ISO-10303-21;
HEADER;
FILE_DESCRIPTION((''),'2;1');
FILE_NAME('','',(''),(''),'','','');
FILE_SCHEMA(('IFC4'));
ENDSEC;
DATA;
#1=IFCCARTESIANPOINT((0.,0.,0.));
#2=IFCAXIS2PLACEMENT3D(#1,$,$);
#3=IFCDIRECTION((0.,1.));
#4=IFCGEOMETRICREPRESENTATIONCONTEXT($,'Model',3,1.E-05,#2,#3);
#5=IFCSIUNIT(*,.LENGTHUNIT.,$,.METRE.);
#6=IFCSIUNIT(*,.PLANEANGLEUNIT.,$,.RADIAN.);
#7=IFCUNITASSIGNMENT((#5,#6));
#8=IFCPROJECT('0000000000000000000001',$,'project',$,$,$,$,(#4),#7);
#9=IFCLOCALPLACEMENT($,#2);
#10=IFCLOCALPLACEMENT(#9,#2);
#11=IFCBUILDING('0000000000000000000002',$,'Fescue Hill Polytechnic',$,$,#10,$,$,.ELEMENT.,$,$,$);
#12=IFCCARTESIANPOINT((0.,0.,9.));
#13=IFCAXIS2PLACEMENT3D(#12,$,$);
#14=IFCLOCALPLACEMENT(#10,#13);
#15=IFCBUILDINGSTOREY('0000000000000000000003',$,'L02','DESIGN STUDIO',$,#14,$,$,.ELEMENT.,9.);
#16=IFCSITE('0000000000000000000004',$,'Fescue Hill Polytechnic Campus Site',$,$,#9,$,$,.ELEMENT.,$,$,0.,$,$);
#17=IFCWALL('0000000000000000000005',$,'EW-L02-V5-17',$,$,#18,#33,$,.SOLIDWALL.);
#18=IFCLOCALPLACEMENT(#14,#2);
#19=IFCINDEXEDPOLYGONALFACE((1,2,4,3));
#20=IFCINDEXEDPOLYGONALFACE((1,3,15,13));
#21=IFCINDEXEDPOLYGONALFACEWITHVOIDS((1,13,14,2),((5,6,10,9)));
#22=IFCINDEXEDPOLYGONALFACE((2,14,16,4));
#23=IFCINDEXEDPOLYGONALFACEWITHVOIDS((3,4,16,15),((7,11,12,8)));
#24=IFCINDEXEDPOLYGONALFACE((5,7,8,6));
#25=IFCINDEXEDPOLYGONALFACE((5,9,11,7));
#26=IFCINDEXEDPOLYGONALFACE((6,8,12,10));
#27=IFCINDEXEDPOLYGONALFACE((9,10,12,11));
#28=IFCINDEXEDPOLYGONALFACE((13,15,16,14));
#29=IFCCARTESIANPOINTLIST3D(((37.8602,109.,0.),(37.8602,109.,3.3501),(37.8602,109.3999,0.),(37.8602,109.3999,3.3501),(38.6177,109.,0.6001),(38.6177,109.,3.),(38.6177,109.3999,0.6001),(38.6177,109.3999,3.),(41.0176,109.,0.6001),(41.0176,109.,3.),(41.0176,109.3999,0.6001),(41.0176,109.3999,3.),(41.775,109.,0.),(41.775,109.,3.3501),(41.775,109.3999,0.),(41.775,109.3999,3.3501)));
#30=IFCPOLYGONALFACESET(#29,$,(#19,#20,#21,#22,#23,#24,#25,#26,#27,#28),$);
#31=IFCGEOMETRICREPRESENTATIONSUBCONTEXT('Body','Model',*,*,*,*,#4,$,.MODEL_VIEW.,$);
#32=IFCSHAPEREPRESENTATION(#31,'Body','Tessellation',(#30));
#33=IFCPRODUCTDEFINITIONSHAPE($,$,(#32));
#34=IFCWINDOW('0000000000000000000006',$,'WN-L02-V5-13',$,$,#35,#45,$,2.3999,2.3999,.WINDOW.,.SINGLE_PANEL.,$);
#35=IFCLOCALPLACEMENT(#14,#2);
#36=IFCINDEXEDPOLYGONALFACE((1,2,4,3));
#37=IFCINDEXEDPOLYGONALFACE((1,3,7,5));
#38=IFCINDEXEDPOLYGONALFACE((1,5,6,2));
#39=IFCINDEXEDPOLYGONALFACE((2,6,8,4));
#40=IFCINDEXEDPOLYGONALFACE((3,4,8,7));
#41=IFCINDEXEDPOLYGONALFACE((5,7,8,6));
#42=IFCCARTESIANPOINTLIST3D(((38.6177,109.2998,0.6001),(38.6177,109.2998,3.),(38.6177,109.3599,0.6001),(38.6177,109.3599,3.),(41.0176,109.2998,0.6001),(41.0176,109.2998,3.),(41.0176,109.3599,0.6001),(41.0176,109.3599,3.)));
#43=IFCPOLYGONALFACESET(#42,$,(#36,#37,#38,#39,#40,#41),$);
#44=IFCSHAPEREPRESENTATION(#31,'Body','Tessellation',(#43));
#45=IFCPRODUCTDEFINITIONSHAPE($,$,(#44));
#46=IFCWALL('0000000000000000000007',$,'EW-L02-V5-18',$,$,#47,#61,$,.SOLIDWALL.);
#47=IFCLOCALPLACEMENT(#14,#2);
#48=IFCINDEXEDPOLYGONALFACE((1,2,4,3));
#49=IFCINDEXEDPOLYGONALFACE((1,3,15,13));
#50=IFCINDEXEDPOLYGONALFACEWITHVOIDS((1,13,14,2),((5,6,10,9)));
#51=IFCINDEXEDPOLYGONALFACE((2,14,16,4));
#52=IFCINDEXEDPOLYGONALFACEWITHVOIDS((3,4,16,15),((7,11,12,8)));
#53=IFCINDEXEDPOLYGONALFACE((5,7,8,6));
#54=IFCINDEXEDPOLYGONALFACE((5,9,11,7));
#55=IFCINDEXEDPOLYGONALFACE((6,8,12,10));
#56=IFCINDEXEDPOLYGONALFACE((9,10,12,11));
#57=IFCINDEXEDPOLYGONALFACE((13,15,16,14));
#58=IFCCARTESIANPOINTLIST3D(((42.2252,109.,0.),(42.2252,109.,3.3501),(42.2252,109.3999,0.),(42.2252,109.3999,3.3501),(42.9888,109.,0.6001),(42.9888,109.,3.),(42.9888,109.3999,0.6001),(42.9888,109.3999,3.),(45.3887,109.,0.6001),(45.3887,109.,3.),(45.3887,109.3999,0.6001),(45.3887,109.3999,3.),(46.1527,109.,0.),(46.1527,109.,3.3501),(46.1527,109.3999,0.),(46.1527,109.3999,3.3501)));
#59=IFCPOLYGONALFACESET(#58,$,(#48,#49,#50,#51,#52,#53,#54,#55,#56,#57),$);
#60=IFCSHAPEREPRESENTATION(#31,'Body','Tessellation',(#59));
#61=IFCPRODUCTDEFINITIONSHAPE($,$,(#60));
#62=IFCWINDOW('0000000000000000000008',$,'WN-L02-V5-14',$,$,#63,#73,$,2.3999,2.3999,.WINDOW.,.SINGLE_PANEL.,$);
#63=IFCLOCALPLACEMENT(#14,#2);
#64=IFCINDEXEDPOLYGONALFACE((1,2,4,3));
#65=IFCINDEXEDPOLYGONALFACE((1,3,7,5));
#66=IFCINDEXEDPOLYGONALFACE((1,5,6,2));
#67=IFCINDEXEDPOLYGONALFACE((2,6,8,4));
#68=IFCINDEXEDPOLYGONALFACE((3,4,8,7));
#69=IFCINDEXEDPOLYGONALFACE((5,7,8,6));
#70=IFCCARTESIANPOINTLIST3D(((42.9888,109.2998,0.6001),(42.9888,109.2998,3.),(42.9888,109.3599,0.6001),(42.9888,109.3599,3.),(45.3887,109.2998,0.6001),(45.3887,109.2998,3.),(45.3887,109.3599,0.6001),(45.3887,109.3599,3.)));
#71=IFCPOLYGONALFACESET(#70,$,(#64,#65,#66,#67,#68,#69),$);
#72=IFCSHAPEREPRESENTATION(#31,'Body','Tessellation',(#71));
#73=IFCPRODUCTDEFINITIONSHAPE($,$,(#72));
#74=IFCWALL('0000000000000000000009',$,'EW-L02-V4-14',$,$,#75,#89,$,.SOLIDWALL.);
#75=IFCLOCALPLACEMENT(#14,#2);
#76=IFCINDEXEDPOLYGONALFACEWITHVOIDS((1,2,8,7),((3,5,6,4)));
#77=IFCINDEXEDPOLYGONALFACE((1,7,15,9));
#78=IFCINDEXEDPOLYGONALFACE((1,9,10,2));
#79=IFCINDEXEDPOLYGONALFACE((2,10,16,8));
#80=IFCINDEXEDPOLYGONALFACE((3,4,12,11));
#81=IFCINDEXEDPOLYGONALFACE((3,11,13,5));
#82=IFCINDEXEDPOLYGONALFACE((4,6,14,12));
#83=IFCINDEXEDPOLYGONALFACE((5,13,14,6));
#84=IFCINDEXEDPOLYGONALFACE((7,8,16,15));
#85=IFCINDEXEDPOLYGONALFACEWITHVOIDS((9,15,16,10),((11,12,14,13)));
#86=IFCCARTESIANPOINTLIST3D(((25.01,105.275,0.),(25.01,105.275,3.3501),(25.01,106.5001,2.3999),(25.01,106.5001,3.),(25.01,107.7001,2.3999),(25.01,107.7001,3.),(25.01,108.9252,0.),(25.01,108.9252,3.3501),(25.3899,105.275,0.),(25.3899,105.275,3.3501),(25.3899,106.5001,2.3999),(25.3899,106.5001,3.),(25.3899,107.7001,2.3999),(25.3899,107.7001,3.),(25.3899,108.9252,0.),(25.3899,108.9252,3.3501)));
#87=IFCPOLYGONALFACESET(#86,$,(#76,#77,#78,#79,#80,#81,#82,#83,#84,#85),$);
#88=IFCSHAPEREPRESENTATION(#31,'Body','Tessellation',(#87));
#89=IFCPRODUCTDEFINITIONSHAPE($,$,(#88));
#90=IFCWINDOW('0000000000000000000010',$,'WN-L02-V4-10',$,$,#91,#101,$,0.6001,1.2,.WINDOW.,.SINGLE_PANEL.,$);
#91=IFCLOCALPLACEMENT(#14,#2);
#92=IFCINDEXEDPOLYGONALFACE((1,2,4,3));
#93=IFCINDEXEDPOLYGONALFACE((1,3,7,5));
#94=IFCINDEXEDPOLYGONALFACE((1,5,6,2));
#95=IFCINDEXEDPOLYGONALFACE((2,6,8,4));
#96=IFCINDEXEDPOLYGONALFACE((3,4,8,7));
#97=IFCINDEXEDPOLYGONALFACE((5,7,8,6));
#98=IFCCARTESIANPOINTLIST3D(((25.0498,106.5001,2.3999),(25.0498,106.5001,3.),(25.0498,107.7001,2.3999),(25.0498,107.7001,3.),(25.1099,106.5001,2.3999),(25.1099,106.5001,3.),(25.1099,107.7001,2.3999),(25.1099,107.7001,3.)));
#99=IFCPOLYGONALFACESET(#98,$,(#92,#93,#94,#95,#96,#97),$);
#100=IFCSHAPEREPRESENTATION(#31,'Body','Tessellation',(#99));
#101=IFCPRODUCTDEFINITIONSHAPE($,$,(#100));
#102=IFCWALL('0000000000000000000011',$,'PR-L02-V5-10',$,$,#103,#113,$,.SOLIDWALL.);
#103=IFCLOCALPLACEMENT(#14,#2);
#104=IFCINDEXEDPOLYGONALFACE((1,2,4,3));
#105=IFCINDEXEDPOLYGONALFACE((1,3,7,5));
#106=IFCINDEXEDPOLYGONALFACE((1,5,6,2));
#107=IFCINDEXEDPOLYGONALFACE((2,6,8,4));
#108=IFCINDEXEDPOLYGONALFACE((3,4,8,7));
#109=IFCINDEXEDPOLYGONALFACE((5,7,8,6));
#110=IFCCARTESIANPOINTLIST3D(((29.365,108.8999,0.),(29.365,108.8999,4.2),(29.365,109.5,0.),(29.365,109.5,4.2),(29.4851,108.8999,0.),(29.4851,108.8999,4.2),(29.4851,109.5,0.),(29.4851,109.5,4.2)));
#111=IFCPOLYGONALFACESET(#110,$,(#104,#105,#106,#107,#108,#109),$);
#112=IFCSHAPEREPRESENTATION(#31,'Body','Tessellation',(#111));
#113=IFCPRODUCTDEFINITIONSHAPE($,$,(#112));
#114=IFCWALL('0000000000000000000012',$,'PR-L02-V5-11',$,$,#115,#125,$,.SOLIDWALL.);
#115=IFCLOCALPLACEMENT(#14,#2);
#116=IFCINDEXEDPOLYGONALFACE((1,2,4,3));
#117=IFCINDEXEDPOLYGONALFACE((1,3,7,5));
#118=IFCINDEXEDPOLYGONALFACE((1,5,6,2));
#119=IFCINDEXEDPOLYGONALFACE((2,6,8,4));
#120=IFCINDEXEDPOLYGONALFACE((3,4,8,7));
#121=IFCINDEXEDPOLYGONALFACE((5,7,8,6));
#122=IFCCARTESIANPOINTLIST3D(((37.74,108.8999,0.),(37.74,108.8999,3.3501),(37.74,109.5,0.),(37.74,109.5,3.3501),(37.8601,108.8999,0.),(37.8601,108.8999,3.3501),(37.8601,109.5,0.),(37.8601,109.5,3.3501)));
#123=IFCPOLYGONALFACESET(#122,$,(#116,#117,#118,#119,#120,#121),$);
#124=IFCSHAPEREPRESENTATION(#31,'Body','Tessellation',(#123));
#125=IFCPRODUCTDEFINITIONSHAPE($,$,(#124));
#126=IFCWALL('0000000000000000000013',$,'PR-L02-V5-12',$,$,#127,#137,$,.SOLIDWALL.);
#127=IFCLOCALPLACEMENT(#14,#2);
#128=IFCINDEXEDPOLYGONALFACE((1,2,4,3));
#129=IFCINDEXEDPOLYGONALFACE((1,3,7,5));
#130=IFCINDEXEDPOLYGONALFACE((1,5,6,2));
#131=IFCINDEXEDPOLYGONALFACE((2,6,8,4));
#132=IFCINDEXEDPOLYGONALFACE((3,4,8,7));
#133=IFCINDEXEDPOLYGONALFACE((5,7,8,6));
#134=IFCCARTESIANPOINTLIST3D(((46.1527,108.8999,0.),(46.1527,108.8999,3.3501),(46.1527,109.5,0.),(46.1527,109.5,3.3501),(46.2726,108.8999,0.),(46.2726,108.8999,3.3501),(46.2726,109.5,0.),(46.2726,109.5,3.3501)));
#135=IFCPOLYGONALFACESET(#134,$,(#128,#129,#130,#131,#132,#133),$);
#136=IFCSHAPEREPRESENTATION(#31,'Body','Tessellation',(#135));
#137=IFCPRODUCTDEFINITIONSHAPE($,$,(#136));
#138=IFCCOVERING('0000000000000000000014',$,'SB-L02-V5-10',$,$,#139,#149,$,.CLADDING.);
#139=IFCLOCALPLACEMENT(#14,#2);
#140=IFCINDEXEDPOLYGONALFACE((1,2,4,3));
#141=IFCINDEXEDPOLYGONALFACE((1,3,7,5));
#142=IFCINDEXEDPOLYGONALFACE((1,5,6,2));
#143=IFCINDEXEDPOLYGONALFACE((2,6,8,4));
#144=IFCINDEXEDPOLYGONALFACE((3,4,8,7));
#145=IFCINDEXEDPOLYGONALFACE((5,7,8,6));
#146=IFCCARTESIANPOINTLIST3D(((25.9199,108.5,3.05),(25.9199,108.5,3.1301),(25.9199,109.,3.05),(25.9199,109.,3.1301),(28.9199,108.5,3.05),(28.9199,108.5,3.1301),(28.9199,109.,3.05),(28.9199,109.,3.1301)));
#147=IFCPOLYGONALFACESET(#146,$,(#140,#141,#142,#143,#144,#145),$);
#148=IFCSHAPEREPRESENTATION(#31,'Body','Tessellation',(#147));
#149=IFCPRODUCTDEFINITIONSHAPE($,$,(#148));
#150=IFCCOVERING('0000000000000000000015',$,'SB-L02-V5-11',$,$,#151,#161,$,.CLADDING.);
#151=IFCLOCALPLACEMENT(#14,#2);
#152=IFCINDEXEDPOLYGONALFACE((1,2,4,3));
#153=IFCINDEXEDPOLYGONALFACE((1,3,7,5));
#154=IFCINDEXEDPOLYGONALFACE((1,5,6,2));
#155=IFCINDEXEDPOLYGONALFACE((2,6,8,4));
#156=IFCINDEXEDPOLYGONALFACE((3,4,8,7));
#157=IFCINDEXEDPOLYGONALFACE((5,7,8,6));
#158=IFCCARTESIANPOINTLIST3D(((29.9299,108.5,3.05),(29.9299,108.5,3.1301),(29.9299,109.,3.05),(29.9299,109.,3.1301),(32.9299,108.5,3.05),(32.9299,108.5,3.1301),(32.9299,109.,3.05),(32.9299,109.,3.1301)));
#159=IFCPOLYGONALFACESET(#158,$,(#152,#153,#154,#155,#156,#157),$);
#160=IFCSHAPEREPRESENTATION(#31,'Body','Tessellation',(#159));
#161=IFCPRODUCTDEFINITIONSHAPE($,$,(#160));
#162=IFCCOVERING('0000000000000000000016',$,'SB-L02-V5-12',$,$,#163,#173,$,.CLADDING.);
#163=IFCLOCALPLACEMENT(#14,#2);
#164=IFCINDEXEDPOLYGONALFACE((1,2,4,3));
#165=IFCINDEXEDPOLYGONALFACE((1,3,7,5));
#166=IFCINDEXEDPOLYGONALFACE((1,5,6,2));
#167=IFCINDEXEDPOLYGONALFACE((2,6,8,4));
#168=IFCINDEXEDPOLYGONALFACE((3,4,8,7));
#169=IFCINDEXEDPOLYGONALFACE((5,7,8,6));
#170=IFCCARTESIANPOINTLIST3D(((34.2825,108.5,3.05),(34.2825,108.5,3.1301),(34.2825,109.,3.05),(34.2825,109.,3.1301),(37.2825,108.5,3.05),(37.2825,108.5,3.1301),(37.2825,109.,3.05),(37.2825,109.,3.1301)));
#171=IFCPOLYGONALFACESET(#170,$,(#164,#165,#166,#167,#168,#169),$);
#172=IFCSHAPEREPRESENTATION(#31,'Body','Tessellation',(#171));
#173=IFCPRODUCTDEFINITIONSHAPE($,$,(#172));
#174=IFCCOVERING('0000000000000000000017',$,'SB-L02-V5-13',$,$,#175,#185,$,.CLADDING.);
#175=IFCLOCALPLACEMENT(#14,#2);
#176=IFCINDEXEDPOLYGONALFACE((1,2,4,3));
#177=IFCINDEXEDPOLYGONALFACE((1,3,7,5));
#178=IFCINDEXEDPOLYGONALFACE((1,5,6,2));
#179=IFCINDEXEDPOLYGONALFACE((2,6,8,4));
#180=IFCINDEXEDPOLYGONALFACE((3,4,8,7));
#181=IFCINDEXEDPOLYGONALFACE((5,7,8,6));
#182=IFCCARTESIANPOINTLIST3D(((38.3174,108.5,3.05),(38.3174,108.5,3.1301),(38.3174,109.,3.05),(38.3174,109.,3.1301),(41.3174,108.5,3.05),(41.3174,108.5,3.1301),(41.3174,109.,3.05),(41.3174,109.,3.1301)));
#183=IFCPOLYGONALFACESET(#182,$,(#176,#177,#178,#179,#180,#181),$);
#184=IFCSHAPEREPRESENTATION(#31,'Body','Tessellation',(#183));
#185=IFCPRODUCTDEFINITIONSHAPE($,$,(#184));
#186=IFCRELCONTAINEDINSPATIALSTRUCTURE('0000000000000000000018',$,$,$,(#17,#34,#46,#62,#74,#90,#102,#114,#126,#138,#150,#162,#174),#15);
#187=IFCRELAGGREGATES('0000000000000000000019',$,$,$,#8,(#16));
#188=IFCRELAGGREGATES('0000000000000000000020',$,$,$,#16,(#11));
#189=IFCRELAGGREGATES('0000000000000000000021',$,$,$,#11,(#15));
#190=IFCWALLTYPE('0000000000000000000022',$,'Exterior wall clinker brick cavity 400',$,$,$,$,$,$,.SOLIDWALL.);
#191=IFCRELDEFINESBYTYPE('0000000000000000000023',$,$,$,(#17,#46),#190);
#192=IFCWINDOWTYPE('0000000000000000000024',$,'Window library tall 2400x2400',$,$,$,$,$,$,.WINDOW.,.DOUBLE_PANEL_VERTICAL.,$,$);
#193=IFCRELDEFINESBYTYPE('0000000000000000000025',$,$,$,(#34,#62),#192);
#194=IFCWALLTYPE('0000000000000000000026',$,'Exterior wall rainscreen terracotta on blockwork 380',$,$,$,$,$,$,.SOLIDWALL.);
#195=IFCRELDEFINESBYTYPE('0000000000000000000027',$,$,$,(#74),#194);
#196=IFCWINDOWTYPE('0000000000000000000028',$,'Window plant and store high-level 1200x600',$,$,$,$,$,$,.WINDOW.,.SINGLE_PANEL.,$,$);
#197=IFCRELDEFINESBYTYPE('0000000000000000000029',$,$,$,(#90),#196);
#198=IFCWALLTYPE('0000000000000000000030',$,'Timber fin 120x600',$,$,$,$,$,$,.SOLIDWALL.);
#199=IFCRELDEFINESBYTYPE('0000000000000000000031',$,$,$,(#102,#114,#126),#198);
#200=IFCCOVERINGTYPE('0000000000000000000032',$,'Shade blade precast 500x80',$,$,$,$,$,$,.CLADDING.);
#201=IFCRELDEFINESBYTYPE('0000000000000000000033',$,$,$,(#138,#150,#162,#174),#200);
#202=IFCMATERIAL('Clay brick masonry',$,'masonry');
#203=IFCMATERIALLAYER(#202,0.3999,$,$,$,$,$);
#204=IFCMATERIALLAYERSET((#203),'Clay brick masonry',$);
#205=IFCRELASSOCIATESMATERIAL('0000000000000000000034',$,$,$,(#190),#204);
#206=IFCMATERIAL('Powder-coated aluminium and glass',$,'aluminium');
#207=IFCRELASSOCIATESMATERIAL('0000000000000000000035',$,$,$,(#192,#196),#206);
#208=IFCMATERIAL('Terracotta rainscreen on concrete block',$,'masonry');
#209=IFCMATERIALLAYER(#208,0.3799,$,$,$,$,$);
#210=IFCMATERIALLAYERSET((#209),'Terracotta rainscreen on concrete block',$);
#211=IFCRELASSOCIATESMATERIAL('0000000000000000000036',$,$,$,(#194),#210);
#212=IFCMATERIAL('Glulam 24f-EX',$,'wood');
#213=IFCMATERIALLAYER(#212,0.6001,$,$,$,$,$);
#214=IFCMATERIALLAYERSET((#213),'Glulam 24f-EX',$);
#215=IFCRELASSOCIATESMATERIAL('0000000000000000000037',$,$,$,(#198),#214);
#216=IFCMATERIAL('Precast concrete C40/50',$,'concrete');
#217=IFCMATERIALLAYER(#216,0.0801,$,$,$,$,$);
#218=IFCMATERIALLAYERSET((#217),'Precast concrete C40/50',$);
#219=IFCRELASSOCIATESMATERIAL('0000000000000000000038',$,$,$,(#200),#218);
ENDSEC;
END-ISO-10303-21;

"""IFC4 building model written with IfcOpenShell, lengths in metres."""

from ifc_helpers import new_model, si_unit, direction, frame, frame_2d, origin, origin_2d, place, context, subcontext, project, spatial, rectangle, extrude, material, layer, layer_set, type_object, element, fill, save


model = new_model("IFC4")

# Units and contexts
model_context = context("Model", 3, precision=1e-05, world=origin(), true_north=direction((0.0, 1.0)))
body_context = subcontext(model_context, "Body", "Model", "MODEL_VIEW")
ifc_project = project(units=[si_unit("LENGTHUNIT", "METRE"), si_unit("PLANEANGLEUNIT", "RADIAN")], contexts=[model_context])

# Site, building, storey
site_placement = place(None, origin())
site = spatial("IfcSite", under=ifc_project, at=site_placement, Name="Fescue Hill Polytechnic Campus Site", CompositionType="ELEMENT", RefElevation=0.0)
building_placement = place(site_placement, origin())
building = spatial("IfcBuilding", under=site, at=building_placement, Name="Fescue Hill Polytechnic", CompositionType="ELEMENT")
storey_placement = place(building_placement, frame((0.0, 0.0, 9.0)))
storey = spatial("IfcBuildingStorey", under=building, at=storey_placement, Name="L02", Description="DESIGN STUDIO", CompositionType="ELEMENT", Elevation=9.0)

# Walls, openings, windows
ifc_material_1 = material(Name="Clay brick masonry", Category="masonry")
ifc_layer_1 = layer(ifc_material_1, 0.3999)
ifc_layer_set_1 = layer_set([ifc_layer_1], Name="Clay brick masonry")
wall_type_1 = type_object("IfcWallType", Name="Exterior wall clinker brick cavity 400", PredefinedType="SOLIDWALL", material=ifc_layer_set_1)
ifc_material_2 = material(Name="Powder-coated aluminium and glass", Category="aluminium")
window_type_1 = type_object("IfcWindowType", Name="Window library tall 2400x2400", PartitioningType="DOUBLE_PANEL_VERTICAL", PredefinedType="WINDOW", material=ifc_material_2)
wall_1_placement = place(storey_placement, frame((37.8601, 109.2, 0.0), z_axis=(0.0, 0.0, 1.0), x_axis=(1.0, 0.0, 0.0)))
wall_1 = element("IfcWall", 1, at=wall_1_placement, inside=storey, type_object=wall_type_1, Name="EW-L02-V5-17", PredefinedType="SOLIDWALL", context=body_context, shape_type="SweptSolid", body=[
    extrude(rectangle(XDim=3.9148, YDim=0.3999, at=frame_2d((1.9575, 0.0))), origin(), (0.0, 0.0, 1.0), 3.3501),
])
opening_1_placement = place(wall_1_placement, frame((0.7576, 0.0, 0.6001)))
opening_1 = element("IfcOpeningElement", 2, at=opening_1_placement, cuts=wall_1, PredefinedType="OPENING", context=body_context, shape_type="SweptSolid", body=[
    extrude(rectangle(XDim=2.3999, YDim=2.3999, at=frame_2d((1.2, 1.2))), frame((0.0, 0.21, 0.0), z_axis=(0.0, -1.0, 0.0), x_axis=(1.0, 0.0, 0.0)), (0.0, 0.0, 1.0), 0.4199),
])
window_1_placement = place(opening_1_placement, origin())
window_1 = element("IfcWindow", 3, at=window_1_placement, inside=storey, type_object=window_type_1, Name="WN-L02-V5-13", OverallHeight=2.3999, OverallWidth=2.3999, PartitioningType="SINGLE_PANEL", PredefinedType="WINDOW", context=body_context, shape_type="SweptSolid", body=[
    extrude(rectangle(XDim=2.3999, YDim=2.3999, at=frame_2d((1.2, 1.2))), frame((0.0, 0.1599, 0.0), z_axis=(0.0, -1.0, 0.0), x_axis=(1.0, 0.0, 0.0)), (0.0, 0.0, 1.0), 0.0601),
])
fill(opening_1, window_1)
wall_2_placement = place(storey_placement, frame((42.2251, 109.2, 0.0), z_axis=(0.0, 0.0, 1.0), x_axis=(1.0, 0.0, 0.0)))
wall_2 = element("IfcWall", 4, at=wall_2_placement, inside=storey, type_object=wall_type_1, Name="EW-L02-V5-18", PredefinedType="SOLIDWALL", context=body_context, shape_type="SweptSolid", body=[
    extrude(rectangle(XDim=3.9275, YDim=0.3999, at=frame_2d((1.9639, 0.0))), origin(), (0.0, 0.0, 1.0), 3.3501),
])
opening_2_placement = place(wall_2_placement, frame((0.7637, 0.0, 0.6001)))
opening_2 = element("IfcOpeningElement", 5, at=opening_2_placement, cuts=wall_2, PredefinedType="OPENING", context=body_context, shape_type="SweptSolid", body=[
    extrude(rectangle(XDim=2.3999, YDim=2.3999, at=frame_2d((1.2, 1.2))), frame((0.0, 0.21, 0.0), z_axis=(0.0, -1.0, 0.0), x_axis=(1.0, 0.0, 0.0)), (0.0, 0.0, 1.0), 0.4199),
])
window_2_placement = place(opening_2_placement, origin())
window_2 = element("IfcWindow", 6, at=window_2_placement, inside=storey, type_object=window_type_1, Name="WN-L02-V5-14", OverallHeight=2.3999, OverallWidth=2.3999, PartitioningType="SINGLE_PANEL", PredefinedType="WINDOW", context=body_context, shape_type="SweptSolid", body=[
    extrude(rectangle(XDim=2.3999, YDim=2.3999, at=frame_2d((1.2, 1.2))), frame((0.0, 0.1599, 0.0), z_axis=(0.0, -1.0, 0.0), x_axis=(1.0, 0.0, 0.0)), (0.0, 0.0, 1.0), 0.0601),
])
fill(opening_2, window_2)
ifc_material_3 = material(Name="Terracotta rainscreen on concrete block", Category="masonry")
ifc_layer_2 = layer(ifc_material_3, 0.3799)
ifc_layer_set_2 = layer_set([ifc_layer_2], Name="Terracotta rainscreen on concrete block")
wall_type_2 = type_object("IfcWallType", Name="Exterior wall rainscreen terracotta on blockwork 380", PredefinedType="SOLIDWALL", material=ifc_layer_set_2)
wall_3_placement = place(storey_placement, frame((25.2, 105.2749, 0.0), z_axis=(0.0, 0.0, 1.0), x_axis=(0.0, 1.0, 0.0)))
wall_3 = element("IfcWall", 7, at=wall_3_placement, inside=storey, type_object=wall_type_2, Name="EW-L02-V4-14", PredefinedType="SOLIDWALL", context=body_context, shape_type="SweptSolid", body=[
    extrude(rectangle(XDim=3.6501, YDim=0.3799, at=frame_2d((1.8252, 0.0))), origin(), (0.0, 0.0, 1.0), 3.3501),
])
opening_3_placement = place(wall_3_placement, frame((1.2251, 0.0, 2.3999)))
opening_3 = element("IfcOpeningElement", 8, at=opening_3_placement, cuts=wall_3, PredefinedType="OPENING", context=body_context, shape_type="SweptSolid", body=[
    extrude(rectangle(XDim=1.2, YDim=0.6001, at=frame_2d((0.6001, 0.3))), frame((0.0, 0.2, 0.0), z_axis=(0.0, -1.0, 0.0), x_axis=(1.0, 0.0, 0.0)), (0.0, 0.0, 1.0), 0.3999),
])
window_type_2 = type_object("IfcWindowType", Name="Window plant and store high-level 1200x600", PartitioningType="SINGLE_PANEL", PredefinedType="WINDOW", material=ifc_material_2)
window_3_placement = place(opening_3_placement, origin())
window_3 = element("IfcWindow", 9, at=window_3_placement, inside=storey, type_object=window_type_2, Name="WN-L02-V4-10", OverallHeight=0.6001, OverallWidth=1.2, PartitioningType="SINGLE_PANEL", PredefinedType="WINDOW", context=body_context, shape_type="SweptSolid", body=[
    extrude(rectangle(XDim=1.2, YDim=0.6001, at=frame_2d((0.6001, 0.3))), frame((0.0, 0.1501, 0.0), z_axis=(0.0, -1.0, 0.0), x_axis=(1.0, 0.0, 0.0)), (0.0, 0.0, 1.0), 0.0601),
])
fill(opening_3, window_3)

# Walls
ifc_material_4 = material(Name="Glulam 24f-EX", Category="wood")
ifc_layer_3 = layer(ifc_material_4, 0.6001)
ifc_layer_set_3 = layer_set([ifc_layer_3], Name="Glulam 24f-EX")
wall_type_3 = type_object("IfcWallType", Name="Timber fin 120x600", PredefinedType="SOLIDWALL", material=ifc_layer_set_3)
wall_4_placement = place(storey_placement, frame((29.365, 109.2, 0.0), z_axis=(0.0, 0.0, 1.0), x_axis=(1.0, 0.0, 0.0)))
element("IfcWall", 10, at=wall_4_placement, inside=storey, type_object=wall_type_3, Name="PR-L02-V5-10", PredefinedType="SOLIDWALL", context=body_context, shape_type="SweptSolid", body=[
    extrude(rectangle(XDim=0.1201, YDim=0.6001, at=frame_2d((0.0601, 0.0))), origin(), (0.0, 0.0, 1.0), 4.2),
])
wall_5_placement = place(storey_placement, frame((37.74, 109.2, 0.0), z_axis=(0.0, 0.0, 1.0), x_axis=(1.0, 0.0, 0.0)))
element("IfcWall", 11, at=wall_5_placement, inside=storey, type_object=wall_type_3, Name="PR-L02-V5-11", PredefinedType="SOLIDWALL", context=body_context, shape_type="SweptSolid", body=[
    extrude(rectangle(XDim=0.1201, YDim=0.6001, at=frame_2d((0.0601, 0.0))), origin(), (0.0, 0.0, 1.0), 3.3501),
])
wall_6_placement = place(storey_placement, frame((46.1526, 109.2, 0.0), z_axis=(0.0, 0.0, 1.0), x_axis=(1.0, 0.0, 0.0)))
element("IfcWall", 12, at=wall_6_placement, inside=storey, type_object=wall_type_3, Name="PR-L02-V5-12", PredefinedType="SOLIDWALL", context=body_context, shape_type="SweptSolid", body=[
    extrude(rectangle(XDim=0.1199, YDim=0.6001, at=frame_2d((0.0601, 0.0))), origin(), (0.0, 0.0, 1.0), 3.3501),
])

# Coverings
ifc_material_5 = material(Name="Precast concrete C40/50", Category="concrete")
ifc_layer_4 = layer(ifc_material_5, 0.0801)
ifc_layer_set_4 = layer_set([ifc_layer_4], Name="Precast concrete C40/50")
covering_type = type_object("IfcCoveringType", Name="Shade blade precast 500x80", PredefinedType="CLADDING", material=ifc_layer_set_4)
for number, where, z_axis, x_axis, name in (
    (13, (27.4199, 108.75, 3.05), (0.0, 0.0, 1.0), (1.0, 0.0, 0.0), "SB-L02-V5-10"),
    (14, (31.4299, 108.75, 3.05), (0.0, 0.0, 1.0), (1.0, 0.0, 0.0), "SB-L02-V5-11"),
    (15, (35.7825, 108.75, 3.05), (0.0, 0.0, 1.0), (1.0, 0.0, 0.0), "SB-L02-V5-12"),
    (16, (39.8174, 108.75, 3.05), (0.0, 0.0, 1.0), (1.0, 0.0, 0.0), "SB-L02-V5-13"),
):
    element("IfcCovering", number, at=place(storey_placement, frame(where, z_axis=z_axis, x_axis=x_axis)), inside=storey, type_object=covering_type, Name=name, PredefinedType="CLADDING", context=body_context, shape_type="SweptSolid", body=[
        extrude(rectangle(XDim=3.0, YDim=0.5, at=origin_2d()), origin(), (0.0, 0.0, 1.0), 0.0801),
    ])

save(model, "model.ifc")
